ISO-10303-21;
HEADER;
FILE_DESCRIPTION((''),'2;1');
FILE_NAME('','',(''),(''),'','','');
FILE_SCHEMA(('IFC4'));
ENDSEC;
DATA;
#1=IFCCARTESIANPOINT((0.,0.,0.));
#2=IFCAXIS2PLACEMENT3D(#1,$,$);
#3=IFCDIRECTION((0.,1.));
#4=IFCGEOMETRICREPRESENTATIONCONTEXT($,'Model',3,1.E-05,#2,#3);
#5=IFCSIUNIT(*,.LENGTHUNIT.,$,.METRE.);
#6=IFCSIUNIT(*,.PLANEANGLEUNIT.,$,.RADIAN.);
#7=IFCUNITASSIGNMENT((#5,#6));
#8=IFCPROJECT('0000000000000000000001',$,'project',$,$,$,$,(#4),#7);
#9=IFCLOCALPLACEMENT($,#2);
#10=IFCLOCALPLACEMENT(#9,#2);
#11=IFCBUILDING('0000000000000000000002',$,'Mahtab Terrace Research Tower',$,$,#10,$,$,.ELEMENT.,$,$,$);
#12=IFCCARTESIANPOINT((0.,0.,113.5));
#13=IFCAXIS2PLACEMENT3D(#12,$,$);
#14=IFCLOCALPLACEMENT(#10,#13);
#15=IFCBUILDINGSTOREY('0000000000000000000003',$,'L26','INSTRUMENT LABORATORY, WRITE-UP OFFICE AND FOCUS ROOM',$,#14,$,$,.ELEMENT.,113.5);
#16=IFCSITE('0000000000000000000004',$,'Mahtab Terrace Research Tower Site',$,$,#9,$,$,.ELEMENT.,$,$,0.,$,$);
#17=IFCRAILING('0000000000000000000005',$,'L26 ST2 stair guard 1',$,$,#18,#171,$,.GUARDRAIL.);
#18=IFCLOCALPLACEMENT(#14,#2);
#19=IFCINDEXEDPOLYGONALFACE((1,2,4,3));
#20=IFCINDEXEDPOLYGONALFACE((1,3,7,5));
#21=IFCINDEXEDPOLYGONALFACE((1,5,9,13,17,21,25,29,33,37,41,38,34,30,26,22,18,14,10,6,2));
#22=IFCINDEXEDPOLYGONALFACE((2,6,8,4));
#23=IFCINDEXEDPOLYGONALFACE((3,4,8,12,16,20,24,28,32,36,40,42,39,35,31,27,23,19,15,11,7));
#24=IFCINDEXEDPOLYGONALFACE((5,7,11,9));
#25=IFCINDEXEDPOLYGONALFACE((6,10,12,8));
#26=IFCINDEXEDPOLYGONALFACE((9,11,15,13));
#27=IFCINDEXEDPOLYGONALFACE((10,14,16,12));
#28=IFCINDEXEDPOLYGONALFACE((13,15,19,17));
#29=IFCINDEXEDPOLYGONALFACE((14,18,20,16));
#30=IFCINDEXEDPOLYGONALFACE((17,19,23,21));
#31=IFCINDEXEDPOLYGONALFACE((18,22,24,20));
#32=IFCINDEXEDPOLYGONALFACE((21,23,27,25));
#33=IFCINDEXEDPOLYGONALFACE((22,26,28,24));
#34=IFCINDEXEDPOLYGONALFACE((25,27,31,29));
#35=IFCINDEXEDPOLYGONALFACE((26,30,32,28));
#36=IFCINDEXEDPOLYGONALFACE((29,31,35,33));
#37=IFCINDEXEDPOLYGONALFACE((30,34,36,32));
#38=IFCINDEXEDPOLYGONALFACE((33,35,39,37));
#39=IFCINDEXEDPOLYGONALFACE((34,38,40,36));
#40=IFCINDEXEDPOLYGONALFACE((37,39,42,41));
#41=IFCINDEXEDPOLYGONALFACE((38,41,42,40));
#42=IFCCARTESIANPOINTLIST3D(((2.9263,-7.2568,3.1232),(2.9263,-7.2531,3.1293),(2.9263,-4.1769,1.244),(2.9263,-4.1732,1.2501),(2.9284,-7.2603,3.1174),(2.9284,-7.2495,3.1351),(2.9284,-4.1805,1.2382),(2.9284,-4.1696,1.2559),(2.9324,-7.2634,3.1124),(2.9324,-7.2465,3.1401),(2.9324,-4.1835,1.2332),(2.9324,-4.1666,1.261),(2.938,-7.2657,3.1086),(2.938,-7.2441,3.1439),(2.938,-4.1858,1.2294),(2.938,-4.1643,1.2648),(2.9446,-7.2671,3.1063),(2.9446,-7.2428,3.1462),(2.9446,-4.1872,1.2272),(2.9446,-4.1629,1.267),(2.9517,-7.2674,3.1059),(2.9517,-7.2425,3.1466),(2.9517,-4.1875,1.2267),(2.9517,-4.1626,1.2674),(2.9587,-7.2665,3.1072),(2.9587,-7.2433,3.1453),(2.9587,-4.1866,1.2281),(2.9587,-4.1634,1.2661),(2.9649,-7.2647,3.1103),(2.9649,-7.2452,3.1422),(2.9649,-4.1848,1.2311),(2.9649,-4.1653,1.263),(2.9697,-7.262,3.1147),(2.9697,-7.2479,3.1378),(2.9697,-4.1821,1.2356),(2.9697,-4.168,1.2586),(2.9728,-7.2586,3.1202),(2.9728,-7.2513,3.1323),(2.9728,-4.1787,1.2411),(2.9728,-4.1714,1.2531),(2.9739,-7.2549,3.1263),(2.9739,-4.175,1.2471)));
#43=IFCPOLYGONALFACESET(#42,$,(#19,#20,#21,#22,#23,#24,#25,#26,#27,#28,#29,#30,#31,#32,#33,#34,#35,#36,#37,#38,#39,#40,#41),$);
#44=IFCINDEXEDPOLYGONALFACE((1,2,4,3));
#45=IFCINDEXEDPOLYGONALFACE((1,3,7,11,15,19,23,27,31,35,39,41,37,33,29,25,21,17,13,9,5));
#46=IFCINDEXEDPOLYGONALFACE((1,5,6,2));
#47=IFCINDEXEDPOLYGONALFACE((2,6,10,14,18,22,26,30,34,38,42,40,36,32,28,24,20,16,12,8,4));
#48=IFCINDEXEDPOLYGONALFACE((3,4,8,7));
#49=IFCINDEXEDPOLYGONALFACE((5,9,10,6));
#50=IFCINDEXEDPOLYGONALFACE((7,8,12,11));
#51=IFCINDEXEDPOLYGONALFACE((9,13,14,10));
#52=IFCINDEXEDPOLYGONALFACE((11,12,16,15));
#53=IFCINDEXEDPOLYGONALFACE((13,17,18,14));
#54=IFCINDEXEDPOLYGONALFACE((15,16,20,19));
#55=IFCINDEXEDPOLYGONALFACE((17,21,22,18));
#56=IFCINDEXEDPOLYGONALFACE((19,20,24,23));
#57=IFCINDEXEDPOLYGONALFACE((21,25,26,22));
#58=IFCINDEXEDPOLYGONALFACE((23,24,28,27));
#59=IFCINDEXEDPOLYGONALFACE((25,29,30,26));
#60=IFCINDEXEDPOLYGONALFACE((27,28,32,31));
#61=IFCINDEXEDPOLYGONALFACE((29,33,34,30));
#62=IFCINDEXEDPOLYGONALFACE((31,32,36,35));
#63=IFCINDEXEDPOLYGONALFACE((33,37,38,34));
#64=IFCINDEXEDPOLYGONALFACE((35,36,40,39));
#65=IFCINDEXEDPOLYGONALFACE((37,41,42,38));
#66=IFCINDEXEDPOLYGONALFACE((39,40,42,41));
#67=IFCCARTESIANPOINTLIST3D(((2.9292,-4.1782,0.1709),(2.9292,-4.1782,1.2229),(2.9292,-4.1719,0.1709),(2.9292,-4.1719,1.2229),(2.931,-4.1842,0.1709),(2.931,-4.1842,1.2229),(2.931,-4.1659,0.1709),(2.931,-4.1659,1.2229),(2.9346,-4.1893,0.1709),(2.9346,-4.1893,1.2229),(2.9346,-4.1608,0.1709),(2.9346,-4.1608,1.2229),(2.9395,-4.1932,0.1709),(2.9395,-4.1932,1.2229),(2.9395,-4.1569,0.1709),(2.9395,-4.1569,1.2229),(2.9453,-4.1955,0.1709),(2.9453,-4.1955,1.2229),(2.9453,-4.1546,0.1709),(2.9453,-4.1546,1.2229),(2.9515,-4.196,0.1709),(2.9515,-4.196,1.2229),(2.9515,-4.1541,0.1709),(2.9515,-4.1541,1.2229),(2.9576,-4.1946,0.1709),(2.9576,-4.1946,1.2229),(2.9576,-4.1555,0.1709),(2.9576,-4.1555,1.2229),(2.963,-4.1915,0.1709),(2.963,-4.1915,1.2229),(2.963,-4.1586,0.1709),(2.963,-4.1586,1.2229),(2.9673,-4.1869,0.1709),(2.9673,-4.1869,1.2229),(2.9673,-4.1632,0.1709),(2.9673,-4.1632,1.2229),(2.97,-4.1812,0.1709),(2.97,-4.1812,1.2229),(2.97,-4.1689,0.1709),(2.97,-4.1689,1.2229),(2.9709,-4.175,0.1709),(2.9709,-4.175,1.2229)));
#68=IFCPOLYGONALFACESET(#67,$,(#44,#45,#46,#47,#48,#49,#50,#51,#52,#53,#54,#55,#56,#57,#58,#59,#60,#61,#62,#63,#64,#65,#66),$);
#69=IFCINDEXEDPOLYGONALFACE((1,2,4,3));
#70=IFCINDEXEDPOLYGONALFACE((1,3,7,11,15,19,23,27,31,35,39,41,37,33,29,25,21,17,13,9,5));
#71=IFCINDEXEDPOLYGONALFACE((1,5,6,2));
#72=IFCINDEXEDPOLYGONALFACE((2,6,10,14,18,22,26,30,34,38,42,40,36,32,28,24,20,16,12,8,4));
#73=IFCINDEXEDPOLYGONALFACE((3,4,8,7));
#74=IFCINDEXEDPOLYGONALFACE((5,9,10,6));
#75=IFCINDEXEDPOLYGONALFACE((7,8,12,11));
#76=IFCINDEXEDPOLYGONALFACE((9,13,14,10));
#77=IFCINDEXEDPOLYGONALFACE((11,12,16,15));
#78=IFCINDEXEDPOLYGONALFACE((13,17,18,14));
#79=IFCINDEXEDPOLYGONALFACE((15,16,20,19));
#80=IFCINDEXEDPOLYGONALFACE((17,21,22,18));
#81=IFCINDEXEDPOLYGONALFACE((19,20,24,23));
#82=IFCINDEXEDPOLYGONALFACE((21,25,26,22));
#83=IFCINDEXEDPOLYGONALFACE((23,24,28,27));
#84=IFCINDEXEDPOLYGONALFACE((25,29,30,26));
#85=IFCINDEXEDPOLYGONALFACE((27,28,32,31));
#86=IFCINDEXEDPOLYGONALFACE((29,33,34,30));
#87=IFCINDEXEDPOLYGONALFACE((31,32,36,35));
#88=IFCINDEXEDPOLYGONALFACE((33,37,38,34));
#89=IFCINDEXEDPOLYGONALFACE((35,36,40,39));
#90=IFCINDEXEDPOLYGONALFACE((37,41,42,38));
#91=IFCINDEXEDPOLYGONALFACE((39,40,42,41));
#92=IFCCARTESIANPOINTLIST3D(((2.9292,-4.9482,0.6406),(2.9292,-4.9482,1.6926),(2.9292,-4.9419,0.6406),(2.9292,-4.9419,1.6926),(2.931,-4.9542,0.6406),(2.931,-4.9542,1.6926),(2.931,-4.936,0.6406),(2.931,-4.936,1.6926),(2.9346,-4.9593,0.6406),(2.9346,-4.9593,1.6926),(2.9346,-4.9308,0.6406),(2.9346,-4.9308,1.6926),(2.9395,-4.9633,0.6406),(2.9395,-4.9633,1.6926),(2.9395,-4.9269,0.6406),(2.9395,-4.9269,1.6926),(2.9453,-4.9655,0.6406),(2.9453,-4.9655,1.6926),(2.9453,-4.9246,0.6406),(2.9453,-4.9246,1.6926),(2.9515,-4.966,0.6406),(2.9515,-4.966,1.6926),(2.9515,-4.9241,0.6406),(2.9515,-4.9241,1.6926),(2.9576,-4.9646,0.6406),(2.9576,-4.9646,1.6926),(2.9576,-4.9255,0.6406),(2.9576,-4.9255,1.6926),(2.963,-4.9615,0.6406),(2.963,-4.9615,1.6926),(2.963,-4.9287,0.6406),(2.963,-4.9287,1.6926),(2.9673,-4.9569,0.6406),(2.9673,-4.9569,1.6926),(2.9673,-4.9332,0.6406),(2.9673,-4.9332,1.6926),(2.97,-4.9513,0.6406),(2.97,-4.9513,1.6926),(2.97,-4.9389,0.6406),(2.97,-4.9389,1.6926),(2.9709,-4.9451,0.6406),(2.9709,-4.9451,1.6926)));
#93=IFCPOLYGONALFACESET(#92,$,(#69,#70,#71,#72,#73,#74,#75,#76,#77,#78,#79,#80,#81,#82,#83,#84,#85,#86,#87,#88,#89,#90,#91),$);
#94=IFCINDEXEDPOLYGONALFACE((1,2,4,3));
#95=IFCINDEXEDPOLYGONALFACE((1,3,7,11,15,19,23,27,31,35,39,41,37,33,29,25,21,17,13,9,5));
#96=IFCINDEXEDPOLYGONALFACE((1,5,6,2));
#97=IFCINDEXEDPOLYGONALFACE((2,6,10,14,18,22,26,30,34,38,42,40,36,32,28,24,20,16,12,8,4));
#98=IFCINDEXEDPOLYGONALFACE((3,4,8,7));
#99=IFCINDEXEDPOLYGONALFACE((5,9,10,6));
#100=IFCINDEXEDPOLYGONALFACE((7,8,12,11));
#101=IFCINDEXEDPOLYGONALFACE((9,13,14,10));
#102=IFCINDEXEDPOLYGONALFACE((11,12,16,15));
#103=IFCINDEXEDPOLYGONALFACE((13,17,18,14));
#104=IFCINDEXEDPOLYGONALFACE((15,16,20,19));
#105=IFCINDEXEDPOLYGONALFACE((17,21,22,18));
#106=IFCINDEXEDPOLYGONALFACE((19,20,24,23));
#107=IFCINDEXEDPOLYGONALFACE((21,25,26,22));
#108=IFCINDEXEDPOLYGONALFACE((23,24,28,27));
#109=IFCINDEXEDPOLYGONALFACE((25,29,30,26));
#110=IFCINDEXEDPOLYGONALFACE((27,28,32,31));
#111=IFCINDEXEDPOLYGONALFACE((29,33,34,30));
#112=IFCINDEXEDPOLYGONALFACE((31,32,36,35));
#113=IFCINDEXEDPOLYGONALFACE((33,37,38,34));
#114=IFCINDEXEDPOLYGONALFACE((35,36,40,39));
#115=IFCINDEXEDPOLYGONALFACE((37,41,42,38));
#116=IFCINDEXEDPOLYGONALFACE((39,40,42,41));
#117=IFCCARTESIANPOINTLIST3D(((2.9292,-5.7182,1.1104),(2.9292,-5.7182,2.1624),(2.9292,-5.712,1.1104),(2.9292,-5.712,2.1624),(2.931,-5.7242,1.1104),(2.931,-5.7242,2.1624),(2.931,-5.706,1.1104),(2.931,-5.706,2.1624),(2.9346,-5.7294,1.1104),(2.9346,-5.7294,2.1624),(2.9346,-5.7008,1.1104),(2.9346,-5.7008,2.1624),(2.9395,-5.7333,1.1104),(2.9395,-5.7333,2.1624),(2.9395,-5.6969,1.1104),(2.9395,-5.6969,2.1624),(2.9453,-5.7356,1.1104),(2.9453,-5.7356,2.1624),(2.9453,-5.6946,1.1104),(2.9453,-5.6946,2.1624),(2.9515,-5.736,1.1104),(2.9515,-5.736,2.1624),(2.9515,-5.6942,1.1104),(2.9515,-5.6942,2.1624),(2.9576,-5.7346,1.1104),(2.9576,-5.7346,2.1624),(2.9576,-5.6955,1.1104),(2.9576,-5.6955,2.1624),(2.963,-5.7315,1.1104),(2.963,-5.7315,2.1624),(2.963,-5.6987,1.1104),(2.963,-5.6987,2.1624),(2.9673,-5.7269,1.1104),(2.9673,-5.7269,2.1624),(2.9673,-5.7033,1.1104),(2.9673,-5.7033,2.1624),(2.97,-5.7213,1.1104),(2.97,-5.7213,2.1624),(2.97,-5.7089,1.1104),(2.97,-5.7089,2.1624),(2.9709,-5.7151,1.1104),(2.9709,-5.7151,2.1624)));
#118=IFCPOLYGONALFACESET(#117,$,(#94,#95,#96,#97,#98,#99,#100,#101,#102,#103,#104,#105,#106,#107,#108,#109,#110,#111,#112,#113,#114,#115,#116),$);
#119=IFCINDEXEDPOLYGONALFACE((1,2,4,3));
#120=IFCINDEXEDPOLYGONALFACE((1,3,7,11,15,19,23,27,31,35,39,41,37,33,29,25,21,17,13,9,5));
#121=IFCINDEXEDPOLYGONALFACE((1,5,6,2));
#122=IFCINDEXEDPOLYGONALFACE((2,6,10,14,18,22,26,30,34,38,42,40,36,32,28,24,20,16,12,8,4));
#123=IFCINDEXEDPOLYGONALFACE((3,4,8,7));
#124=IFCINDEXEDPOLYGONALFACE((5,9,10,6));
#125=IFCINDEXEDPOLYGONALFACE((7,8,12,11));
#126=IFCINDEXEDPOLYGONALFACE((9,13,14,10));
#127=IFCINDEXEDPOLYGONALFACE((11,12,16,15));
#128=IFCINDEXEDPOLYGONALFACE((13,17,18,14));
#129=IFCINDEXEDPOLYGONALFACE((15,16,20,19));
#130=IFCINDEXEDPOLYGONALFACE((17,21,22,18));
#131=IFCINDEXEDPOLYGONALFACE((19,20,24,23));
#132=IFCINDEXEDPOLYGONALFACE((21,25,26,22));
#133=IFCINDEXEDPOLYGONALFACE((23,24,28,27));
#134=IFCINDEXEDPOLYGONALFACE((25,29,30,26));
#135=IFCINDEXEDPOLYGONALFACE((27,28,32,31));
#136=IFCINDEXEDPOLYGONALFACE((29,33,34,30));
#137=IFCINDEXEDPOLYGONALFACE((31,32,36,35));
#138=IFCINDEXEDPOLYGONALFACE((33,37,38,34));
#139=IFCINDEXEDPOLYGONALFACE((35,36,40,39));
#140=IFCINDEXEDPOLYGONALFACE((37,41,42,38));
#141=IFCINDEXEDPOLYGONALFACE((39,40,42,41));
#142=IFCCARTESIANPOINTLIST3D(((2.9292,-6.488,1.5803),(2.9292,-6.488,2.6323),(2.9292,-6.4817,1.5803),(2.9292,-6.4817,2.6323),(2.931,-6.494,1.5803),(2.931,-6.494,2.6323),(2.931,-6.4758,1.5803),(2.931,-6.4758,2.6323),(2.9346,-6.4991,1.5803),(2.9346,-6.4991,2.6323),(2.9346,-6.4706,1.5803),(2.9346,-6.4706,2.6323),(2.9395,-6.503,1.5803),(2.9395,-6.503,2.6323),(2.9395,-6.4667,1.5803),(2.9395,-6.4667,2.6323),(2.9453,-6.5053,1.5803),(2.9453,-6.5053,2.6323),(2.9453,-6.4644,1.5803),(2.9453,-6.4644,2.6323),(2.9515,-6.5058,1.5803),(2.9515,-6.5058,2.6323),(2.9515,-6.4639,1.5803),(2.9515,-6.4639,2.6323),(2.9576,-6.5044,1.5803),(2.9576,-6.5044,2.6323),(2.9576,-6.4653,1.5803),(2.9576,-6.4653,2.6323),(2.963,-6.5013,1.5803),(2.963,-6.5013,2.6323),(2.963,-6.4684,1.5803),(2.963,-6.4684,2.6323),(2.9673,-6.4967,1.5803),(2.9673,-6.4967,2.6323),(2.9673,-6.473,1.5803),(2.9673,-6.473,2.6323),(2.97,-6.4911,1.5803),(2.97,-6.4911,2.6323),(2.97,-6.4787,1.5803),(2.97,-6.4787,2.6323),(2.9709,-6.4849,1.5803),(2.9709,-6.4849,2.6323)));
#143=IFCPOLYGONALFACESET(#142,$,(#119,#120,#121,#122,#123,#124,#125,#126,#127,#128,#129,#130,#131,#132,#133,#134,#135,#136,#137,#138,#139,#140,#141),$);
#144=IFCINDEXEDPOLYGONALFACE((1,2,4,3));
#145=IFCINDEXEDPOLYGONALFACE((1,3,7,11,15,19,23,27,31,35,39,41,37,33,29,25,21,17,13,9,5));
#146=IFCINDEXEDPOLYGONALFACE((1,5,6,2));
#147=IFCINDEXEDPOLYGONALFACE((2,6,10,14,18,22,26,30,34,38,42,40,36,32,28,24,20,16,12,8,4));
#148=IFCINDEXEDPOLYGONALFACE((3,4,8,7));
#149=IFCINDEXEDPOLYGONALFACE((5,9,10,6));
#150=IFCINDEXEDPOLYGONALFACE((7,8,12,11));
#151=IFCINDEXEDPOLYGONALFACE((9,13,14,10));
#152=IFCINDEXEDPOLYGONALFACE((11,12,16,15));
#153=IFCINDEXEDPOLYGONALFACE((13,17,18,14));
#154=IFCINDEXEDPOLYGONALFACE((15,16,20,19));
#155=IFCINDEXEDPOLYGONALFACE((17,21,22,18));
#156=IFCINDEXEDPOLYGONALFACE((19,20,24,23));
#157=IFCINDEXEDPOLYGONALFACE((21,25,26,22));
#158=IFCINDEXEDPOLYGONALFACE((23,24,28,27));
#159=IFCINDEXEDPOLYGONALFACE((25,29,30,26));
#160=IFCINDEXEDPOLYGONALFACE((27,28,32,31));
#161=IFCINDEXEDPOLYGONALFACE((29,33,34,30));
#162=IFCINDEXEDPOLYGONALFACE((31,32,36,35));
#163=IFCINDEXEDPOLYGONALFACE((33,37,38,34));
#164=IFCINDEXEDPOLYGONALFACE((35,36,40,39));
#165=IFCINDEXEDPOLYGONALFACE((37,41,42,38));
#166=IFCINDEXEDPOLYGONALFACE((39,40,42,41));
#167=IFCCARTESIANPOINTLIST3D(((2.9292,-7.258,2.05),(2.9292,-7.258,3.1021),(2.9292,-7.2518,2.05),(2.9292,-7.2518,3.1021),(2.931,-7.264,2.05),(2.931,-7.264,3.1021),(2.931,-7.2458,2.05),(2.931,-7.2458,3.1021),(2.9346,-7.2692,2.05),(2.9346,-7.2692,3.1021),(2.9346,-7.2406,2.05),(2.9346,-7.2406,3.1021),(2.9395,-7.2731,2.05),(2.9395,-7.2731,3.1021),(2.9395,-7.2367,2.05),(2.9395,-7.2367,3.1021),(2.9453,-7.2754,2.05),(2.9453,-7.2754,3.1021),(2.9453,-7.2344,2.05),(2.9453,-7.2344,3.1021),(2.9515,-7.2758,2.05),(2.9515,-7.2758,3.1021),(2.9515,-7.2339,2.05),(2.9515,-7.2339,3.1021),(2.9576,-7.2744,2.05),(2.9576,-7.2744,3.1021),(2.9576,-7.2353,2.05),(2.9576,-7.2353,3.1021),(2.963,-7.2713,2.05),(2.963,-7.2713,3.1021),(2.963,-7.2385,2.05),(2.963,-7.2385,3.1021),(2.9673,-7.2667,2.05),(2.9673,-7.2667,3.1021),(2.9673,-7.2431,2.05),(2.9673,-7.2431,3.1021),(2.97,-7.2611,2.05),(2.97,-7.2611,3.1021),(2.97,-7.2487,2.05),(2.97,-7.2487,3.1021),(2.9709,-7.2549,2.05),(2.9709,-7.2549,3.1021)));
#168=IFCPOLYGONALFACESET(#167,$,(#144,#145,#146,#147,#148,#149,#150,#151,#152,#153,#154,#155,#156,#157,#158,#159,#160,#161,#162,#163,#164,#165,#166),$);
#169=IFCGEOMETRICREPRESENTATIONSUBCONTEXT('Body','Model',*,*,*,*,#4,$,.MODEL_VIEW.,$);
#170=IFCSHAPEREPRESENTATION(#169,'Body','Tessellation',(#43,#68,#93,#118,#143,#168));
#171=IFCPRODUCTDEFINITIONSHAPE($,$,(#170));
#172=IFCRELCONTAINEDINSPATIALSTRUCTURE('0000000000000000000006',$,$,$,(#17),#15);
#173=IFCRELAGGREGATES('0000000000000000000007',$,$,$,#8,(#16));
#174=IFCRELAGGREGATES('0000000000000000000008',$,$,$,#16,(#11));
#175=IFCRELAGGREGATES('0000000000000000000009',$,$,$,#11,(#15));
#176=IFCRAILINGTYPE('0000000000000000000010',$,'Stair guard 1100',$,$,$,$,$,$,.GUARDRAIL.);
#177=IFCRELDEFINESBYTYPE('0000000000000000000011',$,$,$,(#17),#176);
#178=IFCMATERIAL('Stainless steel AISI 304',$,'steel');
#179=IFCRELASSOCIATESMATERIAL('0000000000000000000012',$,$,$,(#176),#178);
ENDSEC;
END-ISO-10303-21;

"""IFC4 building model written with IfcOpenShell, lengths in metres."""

from ifc_helpers import new_model, si_unit, direction, frame, origin, origin_2d, place, context, subcontext, project, spatial, circle, extrude, material, type_object, element, save


model = new_model("IFC4")

# Units and contexts
model_context = context("Model", 3, precision=1e-05, world=origin(), true_north=direction((0.0, 1.0)))
body_context = subcontext(model_context, "Body", "Model", "MODEL_VIEW")
ifc_project = project(units=[si_unit("LENGTHUNIT", "METRE"), si_unit("PLANEANGLEUNIT", "RADIAN")], contexts=[model_context])

# Site, building, storey
site_placement = place(None, origin())
site = spatial("IfcSite", under=ifc_project, at=site_placement, Name="Mahtab Terrace Research Tower Site", CompositionType="ELEMENT", RefElevation=0.0)
building_placement = place(site_placement, origin())
building = spatial("IfcBuilding", under=site, at=building_placement, Name="Mahtab Terrace Research Tower", CompositionType="ELEMENT")
storey_placement = place(building_placement, frame((0.0, 0.0, 113.5)))
storey = spatial("IfcBuildingStorey", under=building, at=storey_placement, Name="L26", Description="INSTRUMENT LABORATORY, WRITE-UP OFFICE AND FOCUS ROOM", CompositionType="ELEMENT", Elevation=113.5)

# Railing
ifc_material_1 = material(Name="Stainless steel AISI 304", Category="steel")
railing_type_1 = type_object("IfcRailingType", Name="Stair guard 1100", PredefinedType="GUARDRAIL", material=ifc_material_1)
railing_1_placement = place(storey_placement, frame((2.95, -4.175, 0.1709)))
element("IfcRailing", 1, at=railing_1_placement, inside=storey, type_object=railing_type_1, Name="L26 ST2 stair guard 1", PredefinedType="GUARDRAIL", context=body_context, shape_type="SweptSolid", body=[
    extrude(circle(Radius=0.0239, at=origin_2d()), frame((0.0, 0.0, 1.0762), z_axis=(0.0, -0.853648, 0.52085), x_axis=(1.0, 0.0, 0.0)), (0.0, 0.0, 1.0), 3.6079),
    extrude(circle(Radius=0.021, at=origin_2d()), origin(), (0.0, 0.0, 1.0), 1.052),
    extrude(circle(Radius=0.021, at=origin_2d()), frame((0.0, -0.77, 0.4697)), (0.0, 0.0, 1.0), 1.052),
    extrude(circle(Radius=0.021, at=origin_2d()), frame((0.0, -1.54, 0.9395)), (0.0, 0.0, 1.0), 1.052),
    extrude(circle(Radius=0.021, at=origin_2d()), frame((0.0, -2.3098, 1.4094)), (0.0, 0.0, 1.0), 1.052),
    extrude(circle(Radius=0.021, at=origin_2d()), frame((0.0, -3.0798, 1.8792)), (0.0, 0.0, 1.0), 1.052),
])

save(model, "model.ifc")
